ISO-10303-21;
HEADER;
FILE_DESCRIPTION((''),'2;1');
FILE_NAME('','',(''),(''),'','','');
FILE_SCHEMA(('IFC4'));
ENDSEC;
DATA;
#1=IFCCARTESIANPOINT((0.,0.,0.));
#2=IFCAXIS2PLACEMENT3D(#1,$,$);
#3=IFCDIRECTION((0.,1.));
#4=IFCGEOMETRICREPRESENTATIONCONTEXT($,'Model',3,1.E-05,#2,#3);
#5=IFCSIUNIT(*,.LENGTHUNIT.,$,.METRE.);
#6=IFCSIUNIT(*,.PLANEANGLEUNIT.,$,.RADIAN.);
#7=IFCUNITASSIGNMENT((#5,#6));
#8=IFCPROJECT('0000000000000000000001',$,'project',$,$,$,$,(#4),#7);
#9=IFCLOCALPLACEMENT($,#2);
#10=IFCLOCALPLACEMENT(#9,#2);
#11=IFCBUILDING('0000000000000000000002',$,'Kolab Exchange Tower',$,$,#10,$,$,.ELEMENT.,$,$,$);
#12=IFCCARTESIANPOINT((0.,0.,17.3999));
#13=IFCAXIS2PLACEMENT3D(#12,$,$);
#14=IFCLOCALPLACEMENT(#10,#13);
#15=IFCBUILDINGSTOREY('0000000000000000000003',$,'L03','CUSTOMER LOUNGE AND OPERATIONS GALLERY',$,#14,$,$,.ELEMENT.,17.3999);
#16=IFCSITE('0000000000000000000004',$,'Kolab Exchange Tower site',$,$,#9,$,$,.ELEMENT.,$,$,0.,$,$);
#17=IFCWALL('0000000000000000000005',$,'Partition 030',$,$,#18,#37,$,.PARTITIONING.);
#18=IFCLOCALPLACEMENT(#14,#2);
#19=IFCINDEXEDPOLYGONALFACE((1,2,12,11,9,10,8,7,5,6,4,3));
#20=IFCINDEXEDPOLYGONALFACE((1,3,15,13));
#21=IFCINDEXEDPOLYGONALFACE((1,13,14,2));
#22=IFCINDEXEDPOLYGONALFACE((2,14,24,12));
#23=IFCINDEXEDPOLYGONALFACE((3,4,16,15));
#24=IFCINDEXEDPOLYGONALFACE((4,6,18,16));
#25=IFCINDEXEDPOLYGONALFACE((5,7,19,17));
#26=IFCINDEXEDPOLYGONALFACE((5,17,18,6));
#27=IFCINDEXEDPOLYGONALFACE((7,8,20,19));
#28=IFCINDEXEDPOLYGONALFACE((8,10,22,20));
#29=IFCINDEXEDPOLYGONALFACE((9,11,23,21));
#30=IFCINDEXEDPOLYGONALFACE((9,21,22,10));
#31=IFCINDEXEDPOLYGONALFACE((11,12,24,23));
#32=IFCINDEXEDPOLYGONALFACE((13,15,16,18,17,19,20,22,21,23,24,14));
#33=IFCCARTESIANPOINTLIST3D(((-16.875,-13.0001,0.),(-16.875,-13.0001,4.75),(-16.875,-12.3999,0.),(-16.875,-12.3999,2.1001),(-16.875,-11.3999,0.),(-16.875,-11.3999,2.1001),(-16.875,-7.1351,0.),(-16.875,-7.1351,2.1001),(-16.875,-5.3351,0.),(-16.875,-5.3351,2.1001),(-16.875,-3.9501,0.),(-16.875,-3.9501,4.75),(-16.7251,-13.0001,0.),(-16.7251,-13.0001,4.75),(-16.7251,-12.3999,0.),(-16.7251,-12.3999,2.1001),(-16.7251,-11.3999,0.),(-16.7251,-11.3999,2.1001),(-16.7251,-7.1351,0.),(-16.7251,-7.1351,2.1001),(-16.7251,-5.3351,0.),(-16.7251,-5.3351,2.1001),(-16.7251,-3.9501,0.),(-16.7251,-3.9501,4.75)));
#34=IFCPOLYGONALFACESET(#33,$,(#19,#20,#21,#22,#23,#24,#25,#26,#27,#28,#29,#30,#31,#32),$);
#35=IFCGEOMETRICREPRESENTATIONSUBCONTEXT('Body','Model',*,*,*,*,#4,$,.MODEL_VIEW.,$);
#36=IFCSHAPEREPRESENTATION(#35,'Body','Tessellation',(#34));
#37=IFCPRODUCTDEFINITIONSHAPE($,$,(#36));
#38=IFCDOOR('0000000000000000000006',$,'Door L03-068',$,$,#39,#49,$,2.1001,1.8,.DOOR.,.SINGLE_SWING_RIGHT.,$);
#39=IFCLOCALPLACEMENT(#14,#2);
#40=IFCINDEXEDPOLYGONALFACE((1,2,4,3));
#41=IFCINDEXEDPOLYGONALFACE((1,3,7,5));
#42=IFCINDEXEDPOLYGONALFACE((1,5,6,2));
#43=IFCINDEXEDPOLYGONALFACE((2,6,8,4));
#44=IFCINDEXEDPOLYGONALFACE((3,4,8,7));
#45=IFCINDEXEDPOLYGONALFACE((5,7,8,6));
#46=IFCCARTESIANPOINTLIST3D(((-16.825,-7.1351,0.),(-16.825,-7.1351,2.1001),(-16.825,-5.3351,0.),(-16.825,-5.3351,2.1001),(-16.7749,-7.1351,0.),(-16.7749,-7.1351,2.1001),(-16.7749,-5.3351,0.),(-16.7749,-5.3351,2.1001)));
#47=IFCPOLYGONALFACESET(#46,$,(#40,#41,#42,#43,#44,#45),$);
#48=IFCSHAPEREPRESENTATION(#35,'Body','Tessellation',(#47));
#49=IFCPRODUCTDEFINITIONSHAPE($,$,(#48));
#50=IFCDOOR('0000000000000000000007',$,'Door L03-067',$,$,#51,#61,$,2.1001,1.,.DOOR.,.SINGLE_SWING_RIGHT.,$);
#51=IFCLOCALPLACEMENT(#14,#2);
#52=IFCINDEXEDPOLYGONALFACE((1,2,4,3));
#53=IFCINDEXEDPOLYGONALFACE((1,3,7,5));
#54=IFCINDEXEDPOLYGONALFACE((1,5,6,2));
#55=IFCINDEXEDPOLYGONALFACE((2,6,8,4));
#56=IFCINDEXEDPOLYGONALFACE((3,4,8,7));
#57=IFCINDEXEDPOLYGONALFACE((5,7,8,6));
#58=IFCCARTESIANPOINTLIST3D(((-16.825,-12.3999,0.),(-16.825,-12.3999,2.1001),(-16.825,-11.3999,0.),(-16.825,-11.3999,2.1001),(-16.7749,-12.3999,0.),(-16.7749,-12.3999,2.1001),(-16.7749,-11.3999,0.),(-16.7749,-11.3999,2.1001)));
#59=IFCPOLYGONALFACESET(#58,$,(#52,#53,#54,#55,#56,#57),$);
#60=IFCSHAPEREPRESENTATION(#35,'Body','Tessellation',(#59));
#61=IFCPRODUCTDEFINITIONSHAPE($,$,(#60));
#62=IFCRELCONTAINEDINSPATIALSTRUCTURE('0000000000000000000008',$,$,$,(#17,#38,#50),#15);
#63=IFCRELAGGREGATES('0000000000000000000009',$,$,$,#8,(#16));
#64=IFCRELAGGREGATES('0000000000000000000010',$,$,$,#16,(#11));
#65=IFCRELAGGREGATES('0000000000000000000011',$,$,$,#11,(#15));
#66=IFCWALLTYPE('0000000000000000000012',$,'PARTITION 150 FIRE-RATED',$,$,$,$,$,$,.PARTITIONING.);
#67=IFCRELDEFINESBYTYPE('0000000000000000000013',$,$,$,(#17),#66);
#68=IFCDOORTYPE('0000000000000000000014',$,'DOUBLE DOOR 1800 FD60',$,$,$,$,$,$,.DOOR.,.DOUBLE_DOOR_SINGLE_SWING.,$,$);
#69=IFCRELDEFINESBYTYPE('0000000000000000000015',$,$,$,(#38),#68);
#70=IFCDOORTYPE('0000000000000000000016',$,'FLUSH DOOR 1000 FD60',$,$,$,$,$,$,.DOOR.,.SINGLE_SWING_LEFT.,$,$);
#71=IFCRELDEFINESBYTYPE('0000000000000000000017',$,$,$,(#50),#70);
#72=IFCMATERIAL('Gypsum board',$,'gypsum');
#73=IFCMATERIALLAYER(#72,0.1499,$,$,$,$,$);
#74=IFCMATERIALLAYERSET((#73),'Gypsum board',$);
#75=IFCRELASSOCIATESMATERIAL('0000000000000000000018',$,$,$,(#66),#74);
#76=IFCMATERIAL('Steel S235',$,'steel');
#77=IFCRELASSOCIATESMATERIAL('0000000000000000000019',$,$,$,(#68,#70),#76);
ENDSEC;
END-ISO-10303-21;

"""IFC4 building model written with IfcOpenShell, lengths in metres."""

from ifc_helpers import new_model, si_unit, direction, frame, frame_2d, origin, place, context, subcontext, project, spatial, rectangle, extrude, material, layer, layer_set, type_object, element, fill, save


model = new_model("IFC4")

# Units and contexts
model_context = context("Model", 3, precision=1e-05, world=origin(), true_north=direction((0.0, 1.0)))
body_context = subcontext(model_context, "Body", "Model", "MODEL_VIEW")
ifc_project = project(units=[si_unit("LENGTHUNIT", "METRE"), si_unit("PLANEANGLEUNIT", "RADIAN")], contexts=[model_context])

# Site, building, storey
site_placement = place(None, origin())
site = spatial("IfcSite", under=ifc_project, at=site_placement, Name="Kolab Exchange Tower site", CompositionType="ELEMENT", RefElevation=0.0)
building_placement = place(site_placement, origin())
building = spatial("IfcBuilding", under=site, at=building_placement, Name="Kolab Exchange Tower", CompositionType="ELEMENT")
storey_placement = place(building_placement, frame((0.0, 0.0, 17.3999)))
storey = spatial("IfcBuildingStorey", under=building, at=storey_placement, Name="L03", Description="CUSTOMER LOUNGE AND OPERATIONS GALLERY", CompositionType="ELEMENT", Elevation=17.3999)

# Shared definitions
ifc_material_1 = material(Name="Gypsum board", Category="gypsum")

# Wall, openings, doors
ifc_layer_1 = layer(ifc_material_1, 0.1499)
ifc_layer_set_1 = layer_set([ifc_layer_1], Name="Gypsum board")
wall_type_1 = type_object("IfcWallType", Name="PARTITION 150 FIRE-RATED", PredefinedType="PARTITIONING", material=ifc_layer_set_1)
wall_1_placement = place(storey_placement, frame((-16.8, -13.0, 0.0), z_axis=(0.0, 0.0, 1.0), x_axis=(0.0, 1.0, 0.0)))
wall_1 = element("IfcWall", 1, at=wall_1_placement, inside=storey, type_object=wall_type_1, Name="Partition 030", PredefinedType="PARTITIONING", context=body_context, shape_type="SweptSolid", body=[
    extrude(rectangle(XDim=9.05, YDim=0.1499, at=frame_2d((4.5249, 0.0))), origin(), (0.0, 0.0, 1.0), 4.75),
])
opening_1_placement = place(wall_1_placement, frame((0.6001, 0.0, 0.0)))
opening_1 = element("IfcOpeningElement", 2, at=opening_1_placement, cuts=wall_1, PredefinedType="OPENING", context=body_context, shape_type="SweptSolid", body=[
    extrude(rectangle(XDim=1.0, YDim=2.1001, at=frame_2d((0.5, 1.05))), frame((0.0, 0.085, 0.0), z_axis=(0.0, -1.0, 0.0), x_axis=(1.0, 0.0, 0.0)), (0.0, 0.0, 1.0), 0.1699),
])
opening_2_placement = place(wall_1_placement, frame((5.865, 0.0, 0.0)))
opening_2 = element("IfcOpeningElement", 3, at=opening_2_placement, cuts=wall_1, PredefinedType="OPENING", context=body_context, shape_type="SweptSolid", body=[
    extrude(rectangle(XDim=1.8, YDim=2.1001, at=frame_2d((0.8999, 1.05))), frame((0.0, 0.085, 0.0), z_axis=(0.0, -1.0, 0.0), x_axis=(1.0, 0.0, 0.0)), (0.0, 0.0, 1.0), 0.1699),
])
ifc_material_2 = material(Name="Steel S235", Category="steel")
door_type_1 = type_object("IfcDoorType", Name="DOUBLE DOOR 1800 FD60", OperationType="DOUBLE_DOOR_SINGLE_SWING", PredefinedType="DOOR", material=ifc_material_2)
door_1_placement = place(opening_2_placement, origin())
door_1 = element("IfcDoor", 4, at=door_1_placement, inside=storey, type_object=door_type_1, Name="Door L03-068", OperationType="SINGLE_SWING_RIGHT", OverallHeight=2.1001, OverallWidth=1.8, PredefinedType="DOOR", context=body_context, shape_type="SweptSolid", body=[
    extrude(rectangle(XDim=1.8, YDim=2.1001, at=frame_2d((0.8999, 1.05))), frame((0.0, 0.0249, 0.0), z_axis=(0.0, -1.0, 0.0), x_axis=(1.0, 0.0, 0.0)), (0.0, 0.0, 1.0), 0.05),
])
fill(opening_2, door_1)
door_type_2 = type_object("IfcDoorType", Name="FLUSH DOOR 1000 FD60", OperationType="SINGLE_SWING_LEFT", PredefinedType="DOOR", material=ifc_material_2)
door_2_placement = place(opening_1_placement, origin())
door_2 = element("IfcDoor", 5, at=door_2_placement, inside=storey, type_object=door_type_2, Name="Door L03-067", OperationType="SINGLE_SWING_RIGHT", OverallHeight=2.1001, OverallWidth=1.0, PredefinedType="DOOR", context=body_context, shape_type="SweptSolid", body=[
    extrude(rectangle(XDim=1.0, YDim=2.1001, at=frame_2d((0.5, 1.05))), frame((0.0, 0.0249, 0.0), z_axis=(0.0, -1.0, 0.0), x_axis=(1.0, 0.0, 0.0)), (0.0, 0.0, 1.0), 0.05),
])
fill(opening_1, door_2)

save(model, "model.ifc")
